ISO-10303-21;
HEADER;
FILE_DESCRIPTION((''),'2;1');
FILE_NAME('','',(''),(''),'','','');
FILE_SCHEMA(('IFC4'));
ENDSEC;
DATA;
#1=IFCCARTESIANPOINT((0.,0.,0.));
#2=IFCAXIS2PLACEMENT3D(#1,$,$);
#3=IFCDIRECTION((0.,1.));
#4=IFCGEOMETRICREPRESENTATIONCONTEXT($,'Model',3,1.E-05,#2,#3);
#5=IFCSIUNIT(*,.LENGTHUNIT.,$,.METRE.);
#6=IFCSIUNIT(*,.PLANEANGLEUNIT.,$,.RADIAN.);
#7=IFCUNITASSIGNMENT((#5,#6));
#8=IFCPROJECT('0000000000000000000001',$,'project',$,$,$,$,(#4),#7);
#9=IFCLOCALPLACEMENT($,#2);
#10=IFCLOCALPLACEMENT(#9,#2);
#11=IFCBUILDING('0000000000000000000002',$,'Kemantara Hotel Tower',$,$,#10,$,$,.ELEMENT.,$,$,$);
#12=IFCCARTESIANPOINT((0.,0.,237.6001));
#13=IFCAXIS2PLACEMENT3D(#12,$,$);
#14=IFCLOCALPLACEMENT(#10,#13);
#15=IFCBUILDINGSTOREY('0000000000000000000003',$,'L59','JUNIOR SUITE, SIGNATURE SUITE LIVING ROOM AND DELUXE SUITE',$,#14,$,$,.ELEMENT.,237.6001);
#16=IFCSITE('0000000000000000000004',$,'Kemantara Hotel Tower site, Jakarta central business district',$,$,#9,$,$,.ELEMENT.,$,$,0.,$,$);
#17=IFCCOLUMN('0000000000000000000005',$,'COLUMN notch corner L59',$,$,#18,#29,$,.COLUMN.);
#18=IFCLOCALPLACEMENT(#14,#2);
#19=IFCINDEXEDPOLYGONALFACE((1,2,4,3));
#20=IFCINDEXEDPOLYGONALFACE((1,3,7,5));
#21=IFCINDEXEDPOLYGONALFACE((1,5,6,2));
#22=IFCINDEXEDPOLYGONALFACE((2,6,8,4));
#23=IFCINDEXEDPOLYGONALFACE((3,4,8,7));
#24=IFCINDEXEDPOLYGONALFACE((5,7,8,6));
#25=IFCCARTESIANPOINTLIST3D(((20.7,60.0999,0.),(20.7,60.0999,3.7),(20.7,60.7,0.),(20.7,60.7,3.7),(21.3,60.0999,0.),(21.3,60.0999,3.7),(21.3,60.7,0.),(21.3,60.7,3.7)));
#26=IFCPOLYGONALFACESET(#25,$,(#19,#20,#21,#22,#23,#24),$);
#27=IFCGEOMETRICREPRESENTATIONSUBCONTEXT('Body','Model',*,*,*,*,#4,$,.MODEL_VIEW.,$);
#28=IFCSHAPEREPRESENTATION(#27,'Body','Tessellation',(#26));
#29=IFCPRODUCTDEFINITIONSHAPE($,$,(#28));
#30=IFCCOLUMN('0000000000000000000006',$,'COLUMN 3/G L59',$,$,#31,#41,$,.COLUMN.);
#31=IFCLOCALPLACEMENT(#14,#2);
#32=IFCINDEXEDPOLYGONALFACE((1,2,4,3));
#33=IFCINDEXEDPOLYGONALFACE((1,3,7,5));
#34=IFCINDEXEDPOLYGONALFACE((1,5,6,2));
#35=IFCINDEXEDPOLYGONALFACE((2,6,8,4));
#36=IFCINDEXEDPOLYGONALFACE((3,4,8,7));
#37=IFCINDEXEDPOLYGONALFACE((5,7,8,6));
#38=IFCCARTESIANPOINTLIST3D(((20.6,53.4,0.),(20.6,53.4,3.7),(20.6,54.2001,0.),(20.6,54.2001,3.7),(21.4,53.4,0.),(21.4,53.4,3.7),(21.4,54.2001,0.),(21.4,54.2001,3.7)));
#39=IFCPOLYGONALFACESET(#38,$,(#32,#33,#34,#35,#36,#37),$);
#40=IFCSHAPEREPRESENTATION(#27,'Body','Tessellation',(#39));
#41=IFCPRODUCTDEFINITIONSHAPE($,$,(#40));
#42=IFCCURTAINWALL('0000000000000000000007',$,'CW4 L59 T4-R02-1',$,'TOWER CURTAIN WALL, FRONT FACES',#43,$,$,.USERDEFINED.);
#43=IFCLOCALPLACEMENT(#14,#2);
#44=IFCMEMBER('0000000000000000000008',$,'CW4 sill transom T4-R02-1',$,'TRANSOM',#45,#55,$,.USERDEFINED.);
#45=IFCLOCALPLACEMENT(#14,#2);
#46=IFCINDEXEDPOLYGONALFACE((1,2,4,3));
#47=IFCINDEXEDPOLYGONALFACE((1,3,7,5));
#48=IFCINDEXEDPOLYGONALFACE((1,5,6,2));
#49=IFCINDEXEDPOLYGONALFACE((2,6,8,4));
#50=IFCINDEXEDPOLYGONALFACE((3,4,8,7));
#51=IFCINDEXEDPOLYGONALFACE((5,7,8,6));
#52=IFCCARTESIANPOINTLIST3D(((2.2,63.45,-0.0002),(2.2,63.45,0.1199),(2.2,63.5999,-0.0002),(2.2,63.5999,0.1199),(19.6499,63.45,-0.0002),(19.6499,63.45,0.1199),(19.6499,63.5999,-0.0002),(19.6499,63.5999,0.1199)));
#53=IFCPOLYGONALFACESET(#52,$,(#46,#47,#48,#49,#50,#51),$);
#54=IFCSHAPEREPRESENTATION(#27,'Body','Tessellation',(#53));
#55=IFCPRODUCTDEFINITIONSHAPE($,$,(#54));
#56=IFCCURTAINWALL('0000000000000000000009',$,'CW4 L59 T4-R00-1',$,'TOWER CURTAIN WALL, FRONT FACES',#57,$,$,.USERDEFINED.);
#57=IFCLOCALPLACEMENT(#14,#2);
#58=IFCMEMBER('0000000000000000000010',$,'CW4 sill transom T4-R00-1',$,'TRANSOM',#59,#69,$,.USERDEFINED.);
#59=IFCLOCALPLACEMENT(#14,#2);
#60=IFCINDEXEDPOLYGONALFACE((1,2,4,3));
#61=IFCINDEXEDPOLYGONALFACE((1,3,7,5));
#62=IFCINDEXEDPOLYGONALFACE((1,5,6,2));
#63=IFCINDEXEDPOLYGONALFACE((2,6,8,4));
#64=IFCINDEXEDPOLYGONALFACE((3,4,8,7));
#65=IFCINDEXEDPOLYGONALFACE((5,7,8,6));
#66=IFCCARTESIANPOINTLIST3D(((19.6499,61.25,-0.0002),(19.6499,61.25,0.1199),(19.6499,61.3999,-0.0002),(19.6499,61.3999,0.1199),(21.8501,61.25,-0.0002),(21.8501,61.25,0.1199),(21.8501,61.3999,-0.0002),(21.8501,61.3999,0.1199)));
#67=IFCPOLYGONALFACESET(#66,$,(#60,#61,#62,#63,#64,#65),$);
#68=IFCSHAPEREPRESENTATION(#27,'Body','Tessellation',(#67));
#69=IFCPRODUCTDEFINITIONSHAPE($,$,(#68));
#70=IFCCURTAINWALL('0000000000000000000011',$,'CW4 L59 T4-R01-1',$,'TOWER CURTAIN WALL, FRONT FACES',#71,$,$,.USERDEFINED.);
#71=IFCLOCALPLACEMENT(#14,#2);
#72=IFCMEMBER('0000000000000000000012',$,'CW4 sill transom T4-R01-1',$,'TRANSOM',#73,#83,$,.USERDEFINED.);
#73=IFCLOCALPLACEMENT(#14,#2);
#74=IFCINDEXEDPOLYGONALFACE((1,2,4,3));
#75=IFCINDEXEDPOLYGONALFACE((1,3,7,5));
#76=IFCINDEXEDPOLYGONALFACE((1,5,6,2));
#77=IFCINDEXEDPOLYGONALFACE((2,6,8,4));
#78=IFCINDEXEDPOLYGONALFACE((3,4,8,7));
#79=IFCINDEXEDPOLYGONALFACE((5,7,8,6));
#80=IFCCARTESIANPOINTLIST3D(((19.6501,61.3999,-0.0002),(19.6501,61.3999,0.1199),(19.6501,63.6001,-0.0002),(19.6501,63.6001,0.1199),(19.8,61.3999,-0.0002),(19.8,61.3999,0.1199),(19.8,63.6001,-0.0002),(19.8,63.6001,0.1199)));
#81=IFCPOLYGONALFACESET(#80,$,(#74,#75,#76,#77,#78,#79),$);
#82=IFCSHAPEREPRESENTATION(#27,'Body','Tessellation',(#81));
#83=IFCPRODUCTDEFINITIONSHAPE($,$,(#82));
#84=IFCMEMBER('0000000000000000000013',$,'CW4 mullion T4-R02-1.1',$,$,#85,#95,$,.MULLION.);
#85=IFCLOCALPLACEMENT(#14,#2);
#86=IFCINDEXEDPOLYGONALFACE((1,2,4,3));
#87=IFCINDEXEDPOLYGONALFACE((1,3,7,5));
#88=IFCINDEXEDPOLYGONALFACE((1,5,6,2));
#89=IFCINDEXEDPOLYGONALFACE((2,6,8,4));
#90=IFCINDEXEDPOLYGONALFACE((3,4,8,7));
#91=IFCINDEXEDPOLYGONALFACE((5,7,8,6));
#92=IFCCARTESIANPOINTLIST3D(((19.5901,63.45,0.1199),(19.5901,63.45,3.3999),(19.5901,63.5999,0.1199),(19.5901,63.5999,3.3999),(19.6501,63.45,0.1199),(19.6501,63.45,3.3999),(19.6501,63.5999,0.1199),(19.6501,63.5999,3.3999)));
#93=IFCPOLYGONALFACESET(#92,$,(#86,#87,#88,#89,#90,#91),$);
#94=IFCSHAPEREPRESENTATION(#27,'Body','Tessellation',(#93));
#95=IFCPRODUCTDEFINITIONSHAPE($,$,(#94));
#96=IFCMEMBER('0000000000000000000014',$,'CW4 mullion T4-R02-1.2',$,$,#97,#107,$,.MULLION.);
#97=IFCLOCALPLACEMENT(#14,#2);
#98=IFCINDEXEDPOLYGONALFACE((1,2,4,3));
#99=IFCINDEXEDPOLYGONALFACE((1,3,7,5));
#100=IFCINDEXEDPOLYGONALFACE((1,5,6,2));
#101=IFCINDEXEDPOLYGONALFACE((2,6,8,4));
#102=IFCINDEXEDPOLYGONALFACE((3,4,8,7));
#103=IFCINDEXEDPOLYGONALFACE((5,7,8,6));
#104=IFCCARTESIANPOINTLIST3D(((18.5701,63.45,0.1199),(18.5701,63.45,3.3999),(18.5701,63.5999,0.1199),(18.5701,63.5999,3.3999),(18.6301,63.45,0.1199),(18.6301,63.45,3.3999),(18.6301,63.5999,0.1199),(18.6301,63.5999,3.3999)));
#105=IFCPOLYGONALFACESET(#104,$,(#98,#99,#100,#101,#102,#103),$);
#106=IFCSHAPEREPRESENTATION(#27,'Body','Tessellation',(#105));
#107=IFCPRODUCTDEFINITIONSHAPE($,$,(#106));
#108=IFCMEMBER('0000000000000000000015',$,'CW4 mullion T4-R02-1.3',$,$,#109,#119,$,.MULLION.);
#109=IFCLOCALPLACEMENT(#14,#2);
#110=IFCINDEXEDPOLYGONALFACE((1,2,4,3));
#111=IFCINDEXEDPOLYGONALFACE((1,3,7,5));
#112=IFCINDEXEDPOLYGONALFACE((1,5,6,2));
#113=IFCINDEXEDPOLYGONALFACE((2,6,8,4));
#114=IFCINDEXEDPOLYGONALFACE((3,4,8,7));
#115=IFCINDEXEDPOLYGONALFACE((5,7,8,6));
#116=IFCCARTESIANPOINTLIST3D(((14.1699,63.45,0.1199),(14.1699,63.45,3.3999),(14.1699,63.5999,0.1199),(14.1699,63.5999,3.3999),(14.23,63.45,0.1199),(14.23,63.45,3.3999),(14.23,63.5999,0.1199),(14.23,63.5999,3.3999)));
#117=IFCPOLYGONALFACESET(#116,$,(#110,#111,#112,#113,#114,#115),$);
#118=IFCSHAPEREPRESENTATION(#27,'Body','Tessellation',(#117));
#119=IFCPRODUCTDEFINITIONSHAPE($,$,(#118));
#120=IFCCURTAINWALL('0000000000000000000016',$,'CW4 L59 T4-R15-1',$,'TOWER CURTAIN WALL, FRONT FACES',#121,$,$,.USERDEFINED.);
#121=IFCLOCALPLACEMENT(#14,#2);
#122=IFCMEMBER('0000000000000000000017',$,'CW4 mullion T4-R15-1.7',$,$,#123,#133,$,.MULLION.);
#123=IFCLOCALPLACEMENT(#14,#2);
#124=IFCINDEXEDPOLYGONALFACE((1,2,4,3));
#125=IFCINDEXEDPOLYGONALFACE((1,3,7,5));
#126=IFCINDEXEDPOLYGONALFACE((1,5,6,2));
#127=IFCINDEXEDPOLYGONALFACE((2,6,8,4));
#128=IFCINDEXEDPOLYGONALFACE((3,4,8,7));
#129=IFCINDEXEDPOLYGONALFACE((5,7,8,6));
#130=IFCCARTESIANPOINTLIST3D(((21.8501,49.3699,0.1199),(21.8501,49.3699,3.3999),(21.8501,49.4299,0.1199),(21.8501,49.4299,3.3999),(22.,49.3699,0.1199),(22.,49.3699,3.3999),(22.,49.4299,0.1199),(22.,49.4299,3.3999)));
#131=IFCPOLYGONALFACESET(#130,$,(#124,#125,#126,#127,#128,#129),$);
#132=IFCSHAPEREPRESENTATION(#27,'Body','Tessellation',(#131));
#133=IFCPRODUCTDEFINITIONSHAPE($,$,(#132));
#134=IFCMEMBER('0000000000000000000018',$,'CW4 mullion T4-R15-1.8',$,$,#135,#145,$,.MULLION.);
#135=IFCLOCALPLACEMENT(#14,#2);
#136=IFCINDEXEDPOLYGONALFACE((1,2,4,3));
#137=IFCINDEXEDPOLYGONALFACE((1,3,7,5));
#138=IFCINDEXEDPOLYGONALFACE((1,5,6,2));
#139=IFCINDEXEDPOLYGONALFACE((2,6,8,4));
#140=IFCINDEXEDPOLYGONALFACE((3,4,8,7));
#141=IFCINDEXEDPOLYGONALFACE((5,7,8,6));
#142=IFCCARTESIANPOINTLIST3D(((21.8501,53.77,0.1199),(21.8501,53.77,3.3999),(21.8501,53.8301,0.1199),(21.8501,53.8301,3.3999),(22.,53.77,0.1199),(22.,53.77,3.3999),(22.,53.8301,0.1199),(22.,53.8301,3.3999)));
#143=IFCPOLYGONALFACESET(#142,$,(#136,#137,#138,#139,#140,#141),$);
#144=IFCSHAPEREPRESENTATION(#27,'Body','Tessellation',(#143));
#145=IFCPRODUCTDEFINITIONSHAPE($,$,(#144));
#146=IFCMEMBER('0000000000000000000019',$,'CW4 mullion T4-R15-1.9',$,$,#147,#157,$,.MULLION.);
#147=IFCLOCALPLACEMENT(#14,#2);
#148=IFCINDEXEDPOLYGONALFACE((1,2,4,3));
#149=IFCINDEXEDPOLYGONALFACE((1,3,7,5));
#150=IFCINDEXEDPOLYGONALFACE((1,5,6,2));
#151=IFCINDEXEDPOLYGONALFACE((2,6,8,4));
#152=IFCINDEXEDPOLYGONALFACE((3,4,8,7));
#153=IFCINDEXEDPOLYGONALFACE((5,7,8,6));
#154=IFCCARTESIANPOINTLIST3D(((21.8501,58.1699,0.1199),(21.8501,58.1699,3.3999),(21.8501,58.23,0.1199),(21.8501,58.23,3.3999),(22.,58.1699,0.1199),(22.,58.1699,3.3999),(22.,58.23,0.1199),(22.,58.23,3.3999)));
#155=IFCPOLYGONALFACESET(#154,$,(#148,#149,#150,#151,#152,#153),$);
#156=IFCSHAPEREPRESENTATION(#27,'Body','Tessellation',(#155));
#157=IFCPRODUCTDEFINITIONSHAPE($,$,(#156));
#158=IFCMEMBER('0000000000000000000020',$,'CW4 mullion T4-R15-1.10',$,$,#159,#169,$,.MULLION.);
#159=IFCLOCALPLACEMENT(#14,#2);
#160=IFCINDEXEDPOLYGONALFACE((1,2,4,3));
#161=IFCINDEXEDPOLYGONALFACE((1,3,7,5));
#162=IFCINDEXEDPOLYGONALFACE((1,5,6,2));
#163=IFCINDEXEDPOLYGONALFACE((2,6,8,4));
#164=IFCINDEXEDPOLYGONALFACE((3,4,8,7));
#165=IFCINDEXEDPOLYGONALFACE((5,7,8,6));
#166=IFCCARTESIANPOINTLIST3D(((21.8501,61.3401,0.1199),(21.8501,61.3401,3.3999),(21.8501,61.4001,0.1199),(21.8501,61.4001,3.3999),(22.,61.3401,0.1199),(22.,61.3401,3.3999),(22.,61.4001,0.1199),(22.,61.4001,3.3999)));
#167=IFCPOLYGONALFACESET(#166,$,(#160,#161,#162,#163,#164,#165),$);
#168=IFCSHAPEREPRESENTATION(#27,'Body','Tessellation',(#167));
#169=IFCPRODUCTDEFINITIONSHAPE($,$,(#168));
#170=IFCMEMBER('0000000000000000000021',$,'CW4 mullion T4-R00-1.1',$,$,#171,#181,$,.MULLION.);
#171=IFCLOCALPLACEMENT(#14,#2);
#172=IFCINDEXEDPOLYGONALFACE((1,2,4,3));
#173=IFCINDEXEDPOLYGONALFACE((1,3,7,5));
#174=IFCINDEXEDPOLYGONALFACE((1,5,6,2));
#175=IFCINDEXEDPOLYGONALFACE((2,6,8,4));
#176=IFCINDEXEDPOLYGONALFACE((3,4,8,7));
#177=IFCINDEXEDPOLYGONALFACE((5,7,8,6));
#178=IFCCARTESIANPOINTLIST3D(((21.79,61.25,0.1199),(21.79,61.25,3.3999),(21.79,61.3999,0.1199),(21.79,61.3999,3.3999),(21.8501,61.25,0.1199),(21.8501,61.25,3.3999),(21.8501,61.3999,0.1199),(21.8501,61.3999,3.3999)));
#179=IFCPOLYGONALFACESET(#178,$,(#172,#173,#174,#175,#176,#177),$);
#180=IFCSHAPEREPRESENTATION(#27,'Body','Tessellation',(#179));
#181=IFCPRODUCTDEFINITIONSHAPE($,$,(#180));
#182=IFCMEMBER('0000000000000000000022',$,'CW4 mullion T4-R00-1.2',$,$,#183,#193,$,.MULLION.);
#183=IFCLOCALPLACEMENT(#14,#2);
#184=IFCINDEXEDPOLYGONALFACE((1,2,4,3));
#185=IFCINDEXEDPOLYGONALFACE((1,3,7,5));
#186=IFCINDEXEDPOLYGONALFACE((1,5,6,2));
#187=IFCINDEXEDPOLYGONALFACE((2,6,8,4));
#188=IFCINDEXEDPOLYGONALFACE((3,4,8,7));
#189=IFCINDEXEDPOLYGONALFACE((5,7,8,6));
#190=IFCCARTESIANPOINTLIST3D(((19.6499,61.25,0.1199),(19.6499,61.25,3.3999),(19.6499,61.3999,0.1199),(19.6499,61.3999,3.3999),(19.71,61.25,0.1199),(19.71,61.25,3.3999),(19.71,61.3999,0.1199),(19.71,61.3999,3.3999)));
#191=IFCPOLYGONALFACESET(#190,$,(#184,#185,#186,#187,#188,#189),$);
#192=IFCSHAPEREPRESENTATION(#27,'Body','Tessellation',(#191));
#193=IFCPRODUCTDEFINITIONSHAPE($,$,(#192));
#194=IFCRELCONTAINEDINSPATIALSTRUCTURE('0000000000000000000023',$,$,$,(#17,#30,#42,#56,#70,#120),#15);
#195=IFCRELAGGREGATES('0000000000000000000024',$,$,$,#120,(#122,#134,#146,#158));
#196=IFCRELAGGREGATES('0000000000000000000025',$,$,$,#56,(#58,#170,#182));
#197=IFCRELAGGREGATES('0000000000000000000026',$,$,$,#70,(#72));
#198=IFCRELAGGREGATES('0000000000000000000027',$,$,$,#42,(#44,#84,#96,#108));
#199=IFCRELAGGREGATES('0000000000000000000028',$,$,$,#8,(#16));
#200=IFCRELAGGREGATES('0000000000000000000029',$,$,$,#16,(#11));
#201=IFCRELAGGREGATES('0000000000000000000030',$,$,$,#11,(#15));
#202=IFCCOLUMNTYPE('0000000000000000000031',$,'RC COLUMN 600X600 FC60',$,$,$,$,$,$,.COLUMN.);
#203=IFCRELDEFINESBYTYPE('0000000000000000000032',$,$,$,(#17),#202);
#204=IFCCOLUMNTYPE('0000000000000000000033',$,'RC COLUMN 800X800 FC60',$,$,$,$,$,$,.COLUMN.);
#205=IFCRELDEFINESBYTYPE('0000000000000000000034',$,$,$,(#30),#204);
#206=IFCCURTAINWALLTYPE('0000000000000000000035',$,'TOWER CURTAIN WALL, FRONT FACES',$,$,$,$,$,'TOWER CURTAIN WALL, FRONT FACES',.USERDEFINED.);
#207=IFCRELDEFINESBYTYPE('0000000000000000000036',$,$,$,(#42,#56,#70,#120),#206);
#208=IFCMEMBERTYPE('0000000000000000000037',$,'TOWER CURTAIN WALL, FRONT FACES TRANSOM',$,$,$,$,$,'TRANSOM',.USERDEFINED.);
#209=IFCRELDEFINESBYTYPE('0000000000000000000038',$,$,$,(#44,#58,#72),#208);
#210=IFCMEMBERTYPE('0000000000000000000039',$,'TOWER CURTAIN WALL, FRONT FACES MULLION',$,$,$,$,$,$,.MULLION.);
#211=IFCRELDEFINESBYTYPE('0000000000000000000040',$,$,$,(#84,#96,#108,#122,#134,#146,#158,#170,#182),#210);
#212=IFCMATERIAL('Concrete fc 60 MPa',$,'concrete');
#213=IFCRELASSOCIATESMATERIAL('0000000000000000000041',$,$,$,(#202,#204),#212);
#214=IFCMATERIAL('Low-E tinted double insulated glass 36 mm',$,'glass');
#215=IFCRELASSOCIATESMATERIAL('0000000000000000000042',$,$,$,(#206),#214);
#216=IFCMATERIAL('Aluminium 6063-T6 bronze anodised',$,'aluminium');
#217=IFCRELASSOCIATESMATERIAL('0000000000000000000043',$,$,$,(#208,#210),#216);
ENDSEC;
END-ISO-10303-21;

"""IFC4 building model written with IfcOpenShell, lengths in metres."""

from ifc_helpers import new_model, si_unit, direction, frame, origin, origin_2d, place, context, subcontext, project, spatial, rectangle, extrude, source, transform, mapped, material, material_profile, profile_set, type_object, element, aggregate, save


model = new_model("IFC4")

# Units and contexts
model_context = context("Model", 3, precision=1e-05, world=origin(), true_north=direction((0.0, 1.0)))
body_context = subcontext(model_context, "Body", "Model", "MODEL_VIEW")
ifc_project = project(units=[si_unit("LENGTHUNIT", "METRE"), si_unit("PLANEANGLEUNIT", "RADIAN")], contexts=[model_context])

# Site, building, storey
site_placement = place(None, origin())
site = spatial("IfcSite", under=ifc_project, at=site_placement, Name="Kemantara Hotel Tower site, Jakarta central business district", CompositionType="ELEMENT", RefElevation=0.0)
building_placement = place(site_placement, origin())
building = spatial("IfcBuilding", under=site, at=building_placement, Name="Kemantara Hotel Tower", CompositionType="ELEMENT")
storey_placement = place(building_placement, frame((0.0, 0.0, 237.6001)))
storey = spatial("IfcBuildingStorey", under=building, at=storey_placement, Name="L59", Description="JUNIOR SUITE, SIGNATURE SUITE LIVING ROOM AND DELUXE SUITE", CompositionType="ELEMENT", Elevation=237.6001)

# Columns
ifc_material_1 = material(Name="Concrete fc 60 MPa", Category="concrete")
ifc_material_profile_1 = material_profile(ifc_material_1, rectangle(XDim=0.6001, YDim=0.6001, at=origin_2d()), Name="RC 600X600")
ifc_profile_set_1 = profile_set([ifc_material_profile_1], Name="Concrete fc 60 MPa")
column_type_1 = type_object("IfcColumnType", Name="RC COLUMN 600X600 FC60", PredefinedType="COLUMN", material=ifc_profile_set_1)
column_1_placement = place(storey_placement, frame((21.0, 60.3999, 0.0), z_axis=(0.0, 0.0, 1.0), x_axis=(1.0, 0.0, 0.0)))
element("IfcColumn", 1, at=column_1_placement, inside=storey, type_object=column_type_1, Name="COLUMN notch corner L59", PredefinedType="COLUMN", context=body_context, shape_type="SweptSolid", body=[
    extrude(rectangle(XDim=0.6001, YDim=0.6001, at=origin_2d()), origin(), (0.0, 0.0, 1.0), 3.7),
])
ifc_material_profile_2 = material_profile(ifc_material_1, rectangle(XDim=0.8, YDim=0.8, at=origin_2d()), Name="RC 800X800")
ifc_profile_set_2 = profile_set([ifc_material_profile_2], Name="Concrete fc 60 MPa")
column_type_2 = type_object("IfcColumnType", Name="RC COLUMN 800X800 FC60", PredefinedType="COLUMN", material=ifc_profile_set_2)
column_2_placement = place(storey_placement, frame((21.0, 53.8, 0.0), z_axis=(0.0, 0.0, 1.0), x_axis=(1.0, 0.0, 0.0)))
element("IfcColumn", 2, at=column_2_placement, inside=storey, type_object=column_type_2, Name="COLUMN 3/G L59", PredefinedType="COLUMN", context=body_context, shape_type="SweptSolid", body=[
    extrude(rectangle(XDim=0.8, YDim=0.8, at=origin_2d()), origin(), (0.0, 0.0, 1.0), 3.7),
])

# Curtain walls, members
ifc_material_2 = material(Name="Low-E tinted double insulated glass 36 mm", Category="glass")
curtain_wall_type = type_object("IfcCurtainWallType", Name="TOWER CURTAIN WALL, FRONT FACES", ElementType="TOWER CURTAIN WALL, FRONT FACES", PredefinedType="USERDEFINED", material=ifc_material_2)
curtain_wall_1_placement = place(storey_placement, origin())
curtain_wall_1 = element("IfcCurtainWall", 3, at=curtain_wall_1_placement, inside=storey, type_object=curtain_wall_type, Name="CW4 L59 T4-R02-1", ObjectType="TOWER CURTAIN WALL, FRONT FACES", PredefinedType="USERDEFINED")
ifc_material_3 = material(Name="Aluminium 6063-T6 bronze anodised", Category="aluminium")
ifc_material_profile_3 = material_profile(ifc_material_3, rectangle(XDim=0.1499, YDim=0.1201, at=origin_2d()), Name="TOWER CURTAIN WALL, FRONT FACES TRANSOM")
ifc_profile_set_3 = profile_set([ifc_material_profile_3], Name="Aluminium 6063-T6 bronze anodised")
member_type_1 = type_object("IfcMemberType", Name="TOWER CURTAIN WALL, FRONT FACES TRANSOM", ElementType="TRANSOM", PredefinedType="USERDEFINED", material=ifc_profile_set_3)
member_1_placement = place(storey_placement, frame((19.6499, 63.5249, 0.0598), z_axis=(-1.0, 0.0, 0.0), x_axis=(0.0, -1.0, 0.0)))
member_1 = element("IfcMember", 4, at=member_1_placement, type_object=member_type_1, Name="CW4 sill transom T4-R02-1", ObjectType="TRANSOM", PredefinedType="USERDEFINED", context=body_context, shape_type="SweptSolid", body=[
    extrude(rectangle(XDim=0.1499, YDim=0.1201, at=origin_2d()), origin(), (0.0, 0.0, 1.0), 17.45),
])
curtain_wall_2_placement = place(storey_placement, origin())
curtain_wall_2 = element("IfcCurtainWall", 5, at=curtain_wall_2_placement, inside=storey, type_object=curtain_wall_type, Name="CW4 L59 T4-R00-1", ObjectType="TOWER CURTAIN WALL, FRONT FACES", PredefinedType="USERDEFINED")
member_2_placement = place(storey_placement, frame((21.8501, 61.325, 0.0598), z_axis=(-1.0, 0.0, 0.0), x_axis=(0.0, -1.0, 0.0)))
member_2 = element("IfcMember", 6, at=member_2_placement, type_object=member_type_1, Name="CW4 sill transom T4-R00-1", ObjectType="TRANSOM", PredefinedType="USERDEFINED", context=body_context, shape_type="SweptSolid", body=[
    extrude(rectangle(XDim=0.1499, YDim=0.1201, at=origin_2d()), origin(), (0.0, 0.0, 1.0), 2.2002),
])
curtain_wall_3_placement = place(storey_placement, origin())
curtain_wall_3 = element("IfcCurtainWall", 7, at=curtain_wall_3_placement, inside=storey, type_object=curtain_wall_type, Name="CW4 L59 T4-R01-1", ObjectType="TOWER CURTAIN WALL, FRONT FACES", PredefinedType="USERDEFINED")
member_3_placement = place(storey_placement, frame((19.7251, 61.3999, 0.0598), z_axis=(0.0, 1.0, 0.0), x_axis=(-1.0, 0.0, 0.0)))
member_3 = element("IfcMember", 8, at=member_3_placement, type_object=member_type_1, Name="CW4 sill transom T4-R01-1", ObjectType="TRANSOM", PredefinedType="USERDEFINED", context=body_context, shape_type="SweptSolid", body=[
    extrude(rectangle(XDim=0.1499, YDim=0.1201, at=origin_2d()), origin(), (0.0, 0.0, 1.0), 2.2002),
])

# Members
ifc_material_profile_4 = material_profile(ifc_material_3, rectangle(XDim=0.1499, YDim=0.0601, at=origin_2d()), Name="TOWER CURTAIN WALL, FRONT FACES MULLION")
ifc_profile_set_4 = profile_set([ifc_material_profile_4], Name="Aluminium 6063-T6 bronze anodised")
member_type_2 = type_object("IfcMemberType", Name="TOWER CURTAIN WALL, FRONT FACES MULLION", PredefinedType="MULLION", material=ifc_profile_set_4)
shared_shape_1 = source(origin(), body_context, "Body", "SweptSolid", [
    extrude(rectangle(XDim=0.1499, YDim=0.0601, at=origin_2d()), origin(), (0.0, 0.0, 1.0), 3.28),
])
member_4_placement = place(storey_placement, frame((19.6201, 63.5249, 0.1199), z_axis=(0.0, 0.0, 1.0), x_axis=(0.0, -1.0, 0.0)))
member_4 = element("IfcMember", 9, at=member_4_placement, type_object=member_type_2, Name="CW4 mullion T4-R02-1.1", PredefinedType="MULLION", context=body_context, shape_type="MappedRepresentation", body=[
    mapped(shared_shape_1, transform((0.0, 0.0, 0.0))),
])
member_5_placement = place(storey_placement, frame((18.6001, 63.5249, 0.1199), z_axis=(0.0, 0.0, 1.0), x_axis=(0.0, -1.0, 0.0)))
member_5 = element("IfcMember", 10, at=member_5_placement, type_object=member_type_2, Name="CW4 mullion T4-R02-1.2", PredefinedType="MULLION", context=body_context, shape_type="MappedRepresentation", body=[
    mapped(shared_shape_1, transform((0.0, 0.0, 0.0))),
])
member_6_placement = place(storey_placement, frame((14.2, 63.5249, 0.1199), z_axis=(0.0, 0.0, 1.0), x_axis=(0.0, -1.0, 0.0)))
member_6 = element("IfcMember", 11, at=member_6_placement, type_object=member_type_2, Name="CW4 mullion T4-R02-1.3", PredefinedType="MULLION", context=body_context, shape_type="MappedRepresentation", body=[
    mapped(shared_shape_1, transform((0.0, 0.0, 0.0))),
])

# Curtain wall, members
curtain_wall_4_placement = place(storey_placement, origin())
curtain_wall_4 = element("IfcCurtainWall", 12, at=curtain_wall_4_placement, inside=storey, type_object=curtain_wall_type, Name="CW4 L59 T4-R15-1", ObjectType="TOWER CURTAIN WALL, FRONT FACES", PredefinedType="USERDEFINED")
member_7_placement = place(storey_placement, frame((21.925, 49.3999, 0.1199), z_axis=(0.0, 0.0, 1.0), x_axis=(-1.0, 0.0, 0.0)))
member_7 = element("IfcMember", 13, at=member_7_placement, type_object=member_type_2, Name="CW4 mullion T4-R15-1.7", PredefinedType="MULLION", context=body_context, shape_type="MappedRepresentation", body=[
    mapped(shared_shape_1, transform((0.0, 0.0, 0.0))),
])
member_8_placement = place(storey_placement, frame((21.925, 53.8, 0.1199), z_axis=(0.0, 0.0, 1.0), x_axis=(-1.0, 0.0, 0.0)))
member_8 = element("IfcMember", 14, at=member_8_placement, type_object=member_type_2, Name="CW4 mullion T4-R15-1.8", PredefinedType="MULLION", context=body_context, shape_type="MappedRepresentation", body=[
    mapped(shared_shape_1, transform((0.0, 0.0, 0.0))),
])
member_9_placement = place(storey_placement, frame((21.925, 58.2, 0.1199), z_axis=(0.0, 0.0, 1.0), x_axis=(-1.0, 0.0, 0.0)))
member_9 = element("IfcMember", 15, at=member_9_placement, type_object=member_type_2, Name="CW4 mullion T4-R15-1.9", PredefinedType="MULLION", context=body_context, shape_type="MappedRepresentation", body=[
    mapped(shared_shape_1, transform((0.0, 0.0, 0.0))),
])
member_10_placement = place(storey_placement, frame((21.925, 61.3701, 0.1199), z_axis=(0.0, 0.0, 1.0), x_axis=(-1.0, 0.0, 0.0)))
member_10 = element("IfcMember", 16, at=member_10_placement, type_object=member_type_2, Name="CW4 mullion T4-R15-1.10", PredefinedType="MULLION", context=body_context, shape_type="MappedRepresentation", body=[
    mapped(shared_shape_1, transform((0.0, 0.0, 0.0))),
])

# Members
member_11_placement = place(storey_placement, frame((21.8201, 61.325, 0.1199), z_axis=(0.0, 0.0, 1.0), x_axis=(0.0, -1.0, 0.0)))
member_11 = element("IfcMember", 17, at=member_11_placement, type_object=member_type_2, Name="CW4 mullion T4-R00-1.1", PredefinedType="MULLION", context=body_context, shape_type="MappedRepresentation", body=[
    mapped(shared_shape_1, transform((0.0, 0.0, 0.0))),
])
member_12_placement = place(storey_placement, frame((19.6799, 61.325, 0.1199), z_axis=(0.0, 0.0, 1.0), x_axis=(0.0, -1.0, 0.0)))
member_12 = element("IfcMember", 18, at=member_12_placement, type_object=member_type_2, Name="CW4 mullion T4-R00-1.2", PredefinedType="MULLION", context=body_context, shape_type="MappedRepresentation", body=[
    mapped(shared_shape_1, transform((0.0, 0.0, 0.0))),
])

aggregate(curtain_wall_4, [member_7, member_8, member_9, member_10])
aggregate(curtain_wall_2, [member_2, member_11, member_12])
aggregate(curtain_wall_3, [member_3])
aggregate(curtain_wall_1, [member_1, member_4, member_5, member_6])

save(model, "model.ifc")
